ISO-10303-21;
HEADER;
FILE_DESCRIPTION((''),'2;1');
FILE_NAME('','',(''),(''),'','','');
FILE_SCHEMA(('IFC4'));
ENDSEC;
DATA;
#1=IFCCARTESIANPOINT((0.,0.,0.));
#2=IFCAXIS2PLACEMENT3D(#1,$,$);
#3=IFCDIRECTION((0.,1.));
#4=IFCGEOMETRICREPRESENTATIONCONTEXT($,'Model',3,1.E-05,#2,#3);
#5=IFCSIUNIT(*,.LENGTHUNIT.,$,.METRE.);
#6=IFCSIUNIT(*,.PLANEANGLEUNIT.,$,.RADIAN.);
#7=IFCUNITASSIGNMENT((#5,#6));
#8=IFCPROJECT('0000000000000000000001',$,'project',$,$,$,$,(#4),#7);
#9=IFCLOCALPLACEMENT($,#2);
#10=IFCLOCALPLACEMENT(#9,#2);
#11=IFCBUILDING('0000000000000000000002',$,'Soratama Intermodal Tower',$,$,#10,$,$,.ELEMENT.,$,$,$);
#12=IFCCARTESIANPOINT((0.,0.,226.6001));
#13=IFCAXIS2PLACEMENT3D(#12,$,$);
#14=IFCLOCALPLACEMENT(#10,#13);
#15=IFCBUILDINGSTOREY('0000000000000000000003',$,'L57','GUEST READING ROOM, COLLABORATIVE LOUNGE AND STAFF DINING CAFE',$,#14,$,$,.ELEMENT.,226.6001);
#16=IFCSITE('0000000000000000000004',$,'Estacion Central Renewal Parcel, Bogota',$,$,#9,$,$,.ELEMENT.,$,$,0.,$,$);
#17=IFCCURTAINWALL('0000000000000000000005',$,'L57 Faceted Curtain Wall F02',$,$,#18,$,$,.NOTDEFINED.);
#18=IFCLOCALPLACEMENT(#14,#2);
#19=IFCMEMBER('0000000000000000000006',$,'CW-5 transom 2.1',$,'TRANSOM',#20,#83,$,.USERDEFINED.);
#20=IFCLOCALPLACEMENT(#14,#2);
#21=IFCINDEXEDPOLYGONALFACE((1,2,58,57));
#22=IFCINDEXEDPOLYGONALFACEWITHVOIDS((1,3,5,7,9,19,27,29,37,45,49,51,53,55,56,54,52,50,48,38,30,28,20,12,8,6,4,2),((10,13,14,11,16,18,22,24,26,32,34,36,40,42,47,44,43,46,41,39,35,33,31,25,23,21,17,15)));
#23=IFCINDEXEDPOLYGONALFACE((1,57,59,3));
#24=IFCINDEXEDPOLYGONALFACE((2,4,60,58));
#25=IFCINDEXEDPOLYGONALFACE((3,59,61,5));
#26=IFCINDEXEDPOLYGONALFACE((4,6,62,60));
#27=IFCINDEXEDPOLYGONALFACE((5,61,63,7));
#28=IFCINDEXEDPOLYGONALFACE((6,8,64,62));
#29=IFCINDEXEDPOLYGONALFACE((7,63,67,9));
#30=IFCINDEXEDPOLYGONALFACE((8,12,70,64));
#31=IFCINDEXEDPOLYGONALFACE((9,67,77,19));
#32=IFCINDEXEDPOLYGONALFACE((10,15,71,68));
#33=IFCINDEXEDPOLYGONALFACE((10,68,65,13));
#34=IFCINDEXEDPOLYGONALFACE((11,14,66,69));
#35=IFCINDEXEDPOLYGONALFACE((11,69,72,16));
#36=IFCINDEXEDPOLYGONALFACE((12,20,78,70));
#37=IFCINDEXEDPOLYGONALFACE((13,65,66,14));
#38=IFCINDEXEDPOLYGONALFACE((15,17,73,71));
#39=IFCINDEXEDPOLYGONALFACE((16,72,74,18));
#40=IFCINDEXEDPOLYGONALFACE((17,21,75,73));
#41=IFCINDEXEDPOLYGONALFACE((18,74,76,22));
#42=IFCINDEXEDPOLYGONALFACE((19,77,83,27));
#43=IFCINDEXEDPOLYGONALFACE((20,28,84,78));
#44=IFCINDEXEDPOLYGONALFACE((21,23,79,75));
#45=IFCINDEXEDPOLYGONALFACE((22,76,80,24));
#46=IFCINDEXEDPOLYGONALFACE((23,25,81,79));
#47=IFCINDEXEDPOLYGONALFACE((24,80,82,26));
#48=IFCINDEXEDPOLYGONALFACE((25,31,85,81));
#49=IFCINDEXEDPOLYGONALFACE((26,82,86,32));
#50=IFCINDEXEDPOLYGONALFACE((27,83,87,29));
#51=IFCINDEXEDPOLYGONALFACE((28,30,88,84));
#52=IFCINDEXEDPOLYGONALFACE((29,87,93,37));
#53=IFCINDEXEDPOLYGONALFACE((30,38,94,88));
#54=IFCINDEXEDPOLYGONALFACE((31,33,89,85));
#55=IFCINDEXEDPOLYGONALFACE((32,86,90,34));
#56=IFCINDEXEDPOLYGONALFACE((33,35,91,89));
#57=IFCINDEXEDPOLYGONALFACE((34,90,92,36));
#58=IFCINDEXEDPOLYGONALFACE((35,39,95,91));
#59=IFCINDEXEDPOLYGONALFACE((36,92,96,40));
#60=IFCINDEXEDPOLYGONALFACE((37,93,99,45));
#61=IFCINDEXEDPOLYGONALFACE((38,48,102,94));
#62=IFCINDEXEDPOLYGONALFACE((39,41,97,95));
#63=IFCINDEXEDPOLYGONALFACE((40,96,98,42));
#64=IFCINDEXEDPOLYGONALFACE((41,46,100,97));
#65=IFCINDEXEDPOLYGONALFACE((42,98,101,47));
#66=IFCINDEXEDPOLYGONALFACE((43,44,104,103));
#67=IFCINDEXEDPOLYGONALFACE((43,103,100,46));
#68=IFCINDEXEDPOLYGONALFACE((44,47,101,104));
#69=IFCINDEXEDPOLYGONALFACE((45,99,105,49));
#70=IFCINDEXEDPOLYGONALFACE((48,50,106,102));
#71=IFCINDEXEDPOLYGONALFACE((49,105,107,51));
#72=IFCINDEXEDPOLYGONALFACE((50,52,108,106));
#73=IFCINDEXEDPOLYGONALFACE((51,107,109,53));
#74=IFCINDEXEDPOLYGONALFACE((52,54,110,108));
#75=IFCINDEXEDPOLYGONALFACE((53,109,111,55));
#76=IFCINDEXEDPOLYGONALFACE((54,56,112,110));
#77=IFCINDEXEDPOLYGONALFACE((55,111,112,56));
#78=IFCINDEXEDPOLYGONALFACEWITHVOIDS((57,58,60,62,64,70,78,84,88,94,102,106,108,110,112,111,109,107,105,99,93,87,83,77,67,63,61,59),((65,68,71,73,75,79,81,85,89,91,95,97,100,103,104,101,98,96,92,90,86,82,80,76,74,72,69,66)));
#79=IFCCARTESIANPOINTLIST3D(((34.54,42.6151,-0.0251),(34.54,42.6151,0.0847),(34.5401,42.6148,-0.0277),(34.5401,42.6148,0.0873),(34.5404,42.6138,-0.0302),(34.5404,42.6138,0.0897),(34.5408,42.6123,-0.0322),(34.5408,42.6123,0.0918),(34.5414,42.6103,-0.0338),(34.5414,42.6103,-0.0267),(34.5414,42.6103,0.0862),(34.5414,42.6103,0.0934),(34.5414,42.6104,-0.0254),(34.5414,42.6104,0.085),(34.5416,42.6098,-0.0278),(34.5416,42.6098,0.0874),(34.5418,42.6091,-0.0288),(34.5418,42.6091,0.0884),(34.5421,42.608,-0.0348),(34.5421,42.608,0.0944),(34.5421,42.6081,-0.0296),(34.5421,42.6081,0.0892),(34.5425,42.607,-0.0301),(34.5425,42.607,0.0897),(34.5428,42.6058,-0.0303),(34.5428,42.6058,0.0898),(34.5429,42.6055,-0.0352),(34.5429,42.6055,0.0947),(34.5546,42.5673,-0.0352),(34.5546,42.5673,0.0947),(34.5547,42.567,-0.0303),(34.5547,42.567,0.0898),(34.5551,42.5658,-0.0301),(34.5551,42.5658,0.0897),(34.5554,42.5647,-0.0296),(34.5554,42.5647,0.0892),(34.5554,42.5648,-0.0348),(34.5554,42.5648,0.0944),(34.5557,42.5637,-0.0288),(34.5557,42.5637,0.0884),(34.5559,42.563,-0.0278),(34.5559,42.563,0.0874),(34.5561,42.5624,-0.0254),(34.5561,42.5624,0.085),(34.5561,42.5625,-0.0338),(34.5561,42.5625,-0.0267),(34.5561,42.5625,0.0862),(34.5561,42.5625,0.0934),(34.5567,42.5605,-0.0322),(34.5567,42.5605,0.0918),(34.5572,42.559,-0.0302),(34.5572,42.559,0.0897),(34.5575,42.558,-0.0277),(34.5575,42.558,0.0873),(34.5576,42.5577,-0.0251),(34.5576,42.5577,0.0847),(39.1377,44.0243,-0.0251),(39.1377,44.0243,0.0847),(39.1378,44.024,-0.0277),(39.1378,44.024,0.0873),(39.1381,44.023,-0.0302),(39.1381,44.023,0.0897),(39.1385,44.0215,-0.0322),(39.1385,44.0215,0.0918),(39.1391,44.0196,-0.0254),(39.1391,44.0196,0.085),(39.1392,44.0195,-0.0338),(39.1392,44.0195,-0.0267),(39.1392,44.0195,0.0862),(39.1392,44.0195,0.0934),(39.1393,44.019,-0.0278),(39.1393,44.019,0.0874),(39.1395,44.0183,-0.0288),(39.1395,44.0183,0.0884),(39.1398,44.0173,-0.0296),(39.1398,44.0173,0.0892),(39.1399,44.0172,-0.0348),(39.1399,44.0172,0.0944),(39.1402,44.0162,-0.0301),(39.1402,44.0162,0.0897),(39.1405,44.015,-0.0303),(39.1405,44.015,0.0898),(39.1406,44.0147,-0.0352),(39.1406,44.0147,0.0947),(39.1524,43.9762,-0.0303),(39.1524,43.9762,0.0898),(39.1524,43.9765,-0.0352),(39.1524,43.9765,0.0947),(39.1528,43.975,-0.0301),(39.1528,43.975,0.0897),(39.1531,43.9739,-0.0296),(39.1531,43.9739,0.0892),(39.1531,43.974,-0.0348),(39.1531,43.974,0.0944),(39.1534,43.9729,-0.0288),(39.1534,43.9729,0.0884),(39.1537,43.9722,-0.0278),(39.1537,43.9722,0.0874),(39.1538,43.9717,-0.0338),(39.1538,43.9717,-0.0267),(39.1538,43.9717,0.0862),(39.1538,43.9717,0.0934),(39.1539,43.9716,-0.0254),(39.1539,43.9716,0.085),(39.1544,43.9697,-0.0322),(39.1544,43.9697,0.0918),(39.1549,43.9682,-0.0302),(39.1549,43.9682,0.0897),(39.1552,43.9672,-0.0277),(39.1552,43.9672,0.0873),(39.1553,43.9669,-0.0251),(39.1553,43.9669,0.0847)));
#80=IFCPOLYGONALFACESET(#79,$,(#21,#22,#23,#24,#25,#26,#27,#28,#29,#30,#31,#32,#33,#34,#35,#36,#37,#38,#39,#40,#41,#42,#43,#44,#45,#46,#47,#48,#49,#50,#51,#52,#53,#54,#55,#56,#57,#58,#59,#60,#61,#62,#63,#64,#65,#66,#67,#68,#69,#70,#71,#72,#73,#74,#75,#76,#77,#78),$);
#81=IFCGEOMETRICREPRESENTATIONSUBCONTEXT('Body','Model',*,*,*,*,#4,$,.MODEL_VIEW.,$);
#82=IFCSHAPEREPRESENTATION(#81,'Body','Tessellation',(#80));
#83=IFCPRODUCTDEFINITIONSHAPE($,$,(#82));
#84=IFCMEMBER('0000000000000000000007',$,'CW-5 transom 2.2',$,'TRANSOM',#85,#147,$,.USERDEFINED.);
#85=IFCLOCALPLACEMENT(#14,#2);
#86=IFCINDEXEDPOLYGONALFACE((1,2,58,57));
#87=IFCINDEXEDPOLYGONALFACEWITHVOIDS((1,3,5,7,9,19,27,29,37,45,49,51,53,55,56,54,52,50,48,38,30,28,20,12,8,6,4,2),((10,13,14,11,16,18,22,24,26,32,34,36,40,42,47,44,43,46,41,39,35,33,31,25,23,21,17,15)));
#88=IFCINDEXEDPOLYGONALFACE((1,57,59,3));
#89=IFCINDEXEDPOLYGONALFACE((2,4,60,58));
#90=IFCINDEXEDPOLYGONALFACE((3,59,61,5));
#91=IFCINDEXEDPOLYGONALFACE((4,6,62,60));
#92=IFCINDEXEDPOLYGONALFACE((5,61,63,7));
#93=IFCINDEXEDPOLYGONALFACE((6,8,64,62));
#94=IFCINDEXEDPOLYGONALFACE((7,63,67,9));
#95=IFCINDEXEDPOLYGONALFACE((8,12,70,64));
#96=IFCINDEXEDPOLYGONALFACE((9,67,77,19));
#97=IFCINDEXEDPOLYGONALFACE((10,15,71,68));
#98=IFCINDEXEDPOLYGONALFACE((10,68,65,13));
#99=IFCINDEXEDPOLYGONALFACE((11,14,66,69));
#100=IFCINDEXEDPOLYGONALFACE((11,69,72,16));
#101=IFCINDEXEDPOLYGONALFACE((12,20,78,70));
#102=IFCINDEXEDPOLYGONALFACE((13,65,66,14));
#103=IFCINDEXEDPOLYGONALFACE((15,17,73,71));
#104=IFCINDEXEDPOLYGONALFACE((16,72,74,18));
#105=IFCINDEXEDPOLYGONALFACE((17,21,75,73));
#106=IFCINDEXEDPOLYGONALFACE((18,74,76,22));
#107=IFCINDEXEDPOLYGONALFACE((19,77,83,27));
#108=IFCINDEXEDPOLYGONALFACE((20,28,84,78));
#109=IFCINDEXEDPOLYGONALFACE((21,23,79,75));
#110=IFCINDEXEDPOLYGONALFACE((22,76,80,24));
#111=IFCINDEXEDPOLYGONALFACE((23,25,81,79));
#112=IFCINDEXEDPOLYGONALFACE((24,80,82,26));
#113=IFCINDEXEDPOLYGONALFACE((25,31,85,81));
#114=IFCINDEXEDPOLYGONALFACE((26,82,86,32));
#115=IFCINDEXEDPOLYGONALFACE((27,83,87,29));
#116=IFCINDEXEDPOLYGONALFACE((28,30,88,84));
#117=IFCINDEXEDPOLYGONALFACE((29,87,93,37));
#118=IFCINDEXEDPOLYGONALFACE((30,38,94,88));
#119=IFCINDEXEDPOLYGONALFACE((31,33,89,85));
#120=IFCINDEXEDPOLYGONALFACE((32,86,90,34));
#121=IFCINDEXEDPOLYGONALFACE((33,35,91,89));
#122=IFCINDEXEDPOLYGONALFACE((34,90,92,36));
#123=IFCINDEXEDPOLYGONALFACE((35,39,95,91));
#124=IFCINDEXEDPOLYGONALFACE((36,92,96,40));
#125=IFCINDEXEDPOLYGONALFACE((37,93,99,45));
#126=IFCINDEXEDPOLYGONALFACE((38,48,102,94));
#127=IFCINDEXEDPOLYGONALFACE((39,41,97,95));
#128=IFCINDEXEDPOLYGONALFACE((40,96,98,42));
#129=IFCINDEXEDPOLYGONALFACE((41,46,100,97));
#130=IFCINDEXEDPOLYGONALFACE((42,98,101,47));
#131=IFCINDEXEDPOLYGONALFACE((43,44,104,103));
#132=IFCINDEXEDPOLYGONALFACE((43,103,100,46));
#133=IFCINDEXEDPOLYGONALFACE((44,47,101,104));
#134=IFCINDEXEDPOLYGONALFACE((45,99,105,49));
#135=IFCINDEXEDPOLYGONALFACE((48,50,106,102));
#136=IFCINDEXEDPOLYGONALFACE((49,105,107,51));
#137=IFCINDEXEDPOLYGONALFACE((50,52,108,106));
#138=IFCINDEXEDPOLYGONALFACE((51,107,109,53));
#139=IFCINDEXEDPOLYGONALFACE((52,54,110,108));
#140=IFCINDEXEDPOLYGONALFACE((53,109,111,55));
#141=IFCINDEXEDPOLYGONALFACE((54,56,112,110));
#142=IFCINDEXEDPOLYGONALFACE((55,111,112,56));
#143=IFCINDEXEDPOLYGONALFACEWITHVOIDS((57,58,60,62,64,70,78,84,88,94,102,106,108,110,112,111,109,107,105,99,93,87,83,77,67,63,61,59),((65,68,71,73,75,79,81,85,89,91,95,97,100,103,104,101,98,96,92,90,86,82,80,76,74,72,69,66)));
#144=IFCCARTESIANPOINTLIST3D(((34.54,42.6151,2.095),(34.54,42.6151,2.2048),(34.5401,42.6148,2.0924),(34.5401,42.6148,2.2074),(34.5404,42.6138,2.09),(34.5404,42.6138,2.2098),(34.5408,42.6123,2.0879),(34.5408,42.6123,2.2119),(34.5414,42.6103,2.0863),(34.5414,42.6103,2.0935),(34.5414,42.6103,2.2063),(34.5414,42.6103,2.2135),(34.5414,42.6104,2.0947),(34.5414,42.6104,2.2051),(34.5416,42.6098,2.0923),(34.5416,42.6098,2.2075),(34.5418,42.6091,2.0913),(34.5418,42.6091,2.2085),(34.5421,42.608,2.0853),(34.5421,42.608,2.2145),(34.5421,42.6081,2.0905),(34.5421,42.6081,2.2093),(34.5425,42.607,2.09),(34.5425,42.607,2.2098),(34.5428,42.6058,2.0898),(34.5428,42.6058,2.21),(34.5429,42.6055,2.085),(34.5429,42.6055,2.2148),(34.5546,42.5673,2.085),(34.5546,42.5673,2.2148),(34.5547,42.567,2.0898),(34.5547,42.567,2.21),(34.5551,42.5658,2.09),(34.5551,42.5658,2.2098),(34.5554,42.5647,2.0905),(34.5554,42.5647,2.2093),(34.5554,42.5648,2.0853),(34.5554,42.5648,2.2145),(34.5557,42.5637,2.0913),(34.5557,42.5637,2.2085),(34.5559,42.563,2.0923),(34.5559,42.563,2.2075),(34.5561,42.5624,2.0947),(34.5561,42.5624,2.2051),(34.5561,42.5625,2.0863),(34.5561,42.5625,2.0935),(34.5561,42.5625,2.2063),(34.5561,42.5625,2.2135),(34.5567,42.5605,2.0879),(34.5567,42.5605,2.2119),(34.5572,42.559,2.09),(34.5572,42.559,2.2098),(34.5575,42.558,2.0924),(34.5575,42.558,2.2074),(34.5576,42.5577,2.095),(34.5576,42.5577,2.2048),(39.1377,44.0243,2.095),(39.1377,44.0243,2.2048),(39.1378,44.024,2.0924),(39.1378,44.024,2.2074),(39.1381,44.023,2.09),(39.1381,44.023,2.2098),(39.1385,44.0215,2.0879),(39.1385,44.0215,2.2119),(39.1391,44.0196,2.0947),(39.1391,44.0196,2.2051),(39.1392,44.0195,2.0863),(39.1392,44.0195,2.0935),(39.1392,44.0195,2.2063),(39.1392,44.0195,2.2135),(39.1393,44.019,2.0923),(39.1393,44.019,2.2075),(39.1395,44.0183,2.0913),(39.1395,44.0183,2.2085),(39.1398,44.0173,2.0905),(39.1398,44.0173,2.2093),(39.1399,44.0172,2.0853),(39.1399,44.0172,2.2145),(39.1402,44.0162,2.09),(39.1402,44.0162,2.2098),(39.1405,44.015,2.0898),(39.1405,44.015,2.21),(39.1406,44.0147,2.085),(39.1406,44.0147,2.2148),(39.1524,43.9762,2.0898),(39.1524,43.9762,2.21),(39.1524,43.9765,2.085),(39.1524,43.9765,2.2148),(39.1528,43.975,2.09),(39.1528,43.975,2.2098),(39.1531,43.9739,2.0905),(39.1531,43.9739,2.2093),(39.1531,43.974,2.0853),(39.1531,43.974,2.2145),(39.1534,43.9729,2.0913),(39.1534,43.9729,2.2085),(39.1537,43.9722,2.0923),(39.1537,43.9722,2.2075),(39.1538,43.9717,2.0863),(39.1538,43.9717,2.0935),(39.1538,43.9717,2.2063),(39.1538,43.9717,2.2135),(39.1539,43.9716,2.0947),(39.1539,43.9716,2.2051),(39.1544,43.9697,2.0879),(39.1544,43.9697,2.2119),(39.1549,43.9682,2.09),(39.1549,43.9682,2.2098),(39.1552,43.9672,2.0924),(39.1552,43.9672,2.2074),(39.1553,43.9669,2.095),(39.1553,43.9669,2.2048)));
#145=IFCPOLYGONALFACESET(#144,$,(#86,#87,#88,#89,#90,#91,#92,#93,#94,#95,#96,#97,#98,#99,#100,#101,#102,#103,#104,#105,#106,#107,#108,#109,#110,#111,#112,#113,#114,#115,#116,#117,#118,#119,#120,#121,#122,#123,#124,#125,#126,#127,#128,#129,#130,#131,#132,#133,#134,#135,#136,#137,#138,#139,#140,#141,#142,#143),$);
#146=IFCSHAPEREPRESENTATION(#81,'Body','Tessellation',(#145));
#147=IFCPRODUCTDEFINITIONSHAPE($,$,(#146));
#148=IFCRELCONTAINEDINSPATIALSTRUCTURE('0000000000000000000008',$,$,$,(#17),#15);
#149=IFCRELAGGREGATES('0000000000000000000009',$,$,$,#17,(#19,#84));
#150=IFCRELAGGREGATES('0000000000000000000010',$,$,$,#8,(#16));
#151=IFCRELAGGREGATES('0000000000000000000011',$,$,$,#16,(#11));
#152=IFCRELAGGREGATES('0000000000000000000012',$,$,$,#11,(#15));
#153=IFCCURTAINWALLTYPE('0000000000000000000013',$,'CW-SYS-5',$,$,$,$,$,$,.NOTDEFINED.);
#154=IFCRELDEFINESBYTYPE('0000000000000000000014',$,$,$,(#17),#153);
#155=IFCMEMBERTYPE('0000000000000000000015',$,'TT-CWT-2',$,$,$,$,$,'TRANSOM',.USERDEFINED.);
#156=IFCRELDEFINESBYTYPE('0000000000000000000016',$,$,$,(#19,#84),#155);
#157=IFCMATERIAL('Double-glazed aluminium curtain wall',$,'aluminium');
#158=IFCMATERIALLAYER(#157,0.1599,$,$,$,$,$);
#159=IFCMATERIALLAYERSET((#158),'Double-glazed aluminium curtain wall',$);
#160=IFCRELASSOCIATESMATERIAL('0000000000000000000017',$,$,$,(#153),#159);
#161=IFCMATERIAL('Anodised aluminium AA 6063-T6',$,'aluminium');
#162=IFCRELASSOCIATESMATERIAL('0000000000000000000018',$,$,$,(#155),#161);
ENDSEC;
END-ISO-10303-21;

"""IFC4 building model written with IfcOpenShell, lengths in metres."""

from ifc_helpers import new_model, si_unit, direction, frame, origin, origin_2d, place, context, subcontext, project, spatial, hollow_rectangle, extrude, material, layer, layer_set, material_profile, profile_set, type_object, element, aggregate, save


model = new_model("IFC4")

# Units and contexts
model_context = context("Model", 3, precision=1e-05, world=origin(), true_north=direction((0.0, 1.0)))
body_context = subcontext(model_context, "Body", "Model", "MODEL_VIEW")
ifc_project = project(units=[si_unit("LENGTHUNIT", "METRE"), si_unit("PLANEANGLEUNIT", "RADIAN")], contexts=[model_context])

# Site, building, storey
site_placement = place(None, origin())
site = spatial("IfcSite", under=ifc_project, at=site_placement, Name="Estacion Central Renewal Parcel, Bogota", CompositionType="ELEMENT", RefElevation=0.0)
building_placement = place(site_placement, origin())
building = spatial("IfcBuilding", under=site, at=building_placement, Name="Soratama Intermodal Tower", CompositionType="ELEMENT")
storey_placement = place(building_placement, frame((0.0, 0.0, 226.6001)))
storey = spatial("IfcBuildingStorey", under=building, at=storey_placement, Name="L57", Description="GUEST READING ROOM, COLLABORATIVE LOUNGE AND STAFF DINING CAFE", CompositionType="ELEMENT", Elevation=226.6001)

# Curtain wall, members
ifc_material_1 = material(Name="Double-glazed aluminium curtain wall", Category="aluminium")
ifc_layer_1 = layer(ifc_material_1, 0.1599)
ifc_layer_set_1 = layer_set([ifc_layer_1], Name="Double-glazed aluminium curtain wall")
curtain_wall_type = type_object("IfcCurtainWallType", Name="CW-SYS-5", PredefinedType="NOTDEFINED", material=ifc_layer_set_1)
curtain_wall_placement = place(storey_placement, origin())
curtain_wall = element("IfcCurtainWall", 1, at=curtain_wall_placement, inside=storey, type_object=curtain_wall_type, Name="L57 Faceted Curtain Wall F02", PredefinedType="NOTDEFINED")
ifc_material_2 = material(Name="Anodised aluminium AA 6063-T6", Category="aluminium")
ifc_material_profile_1 = material_profile(ifc_material_2, hollow_rectangle(XDim=0.0601, YDim=0.1299, WallThickness=0.0049, InnerFilletRadius=0.0049, OuterFilletRadius=0.01, at=origin_2d()), Name="CWT130X60X5")
ifc_profile_set_1 = profile_set([ifc_material_profile_1], Name="Anodised aluminium AA 6063-T6")
member_type_1 = type_object("IfcMemberType", Name="TT-CWT-2", ElementType="TRANSOM", PredefinedType="USERDEFINED", material=ifc_profile_set_1)
member_1_placement = place(storey_placement, frame((39.1465, 43.9956, 0.0298), z_axis=(-0.956099, -0.293044, 0.0), x_axis=(0.293044, -0.956099, 0.0)))
member_1 = element("IfcMember", 2, at=member_1_placement, type_object=member_type_1, Name="CW-5 transom 2.1", ObjectType="TRANSOM", PredefinedType="USERDEFINED", context=body_context, shape_type="SweptSolid", body=[
    extrude(hollow_rectangle(XDim=0.0601, YDim=0.1299, WallThickness=0.0049, InnerFilletRadius=0.0049, OuterFilletRadius=0.01, at=origin_2d()), origin(), (0.0, 0.0, 1.0), 4.8088),
])
member_2_placement = place(storey_placement, frame((39.1465, 43.9956, 2.1499), z_axis=(-0.956099, -0.293044, 0.0), x_axis=(0.293044, -0.956099, 0.0)))
member_2 = element("IfcMember", 3, at=member_2_placement, type_object=member_type_1, Name="CW-5 transom 2.2", ObjectType="TRANSOM", PredefinedType="USERDEFINED", context=body_context, shape_type="SweptSolid", body=[
    extrude(hollow_rectangle(XDim=0.0601, YDim=0.1299, WallThickness=0.0049, InnerFilletRadius=0.0049, OuterFilletRadius=0.01, at=origin_2d()), origin(), (0.0, 0.0, 1.0), 4.8088),
])
aggregate(curtain_wall, [member_1, member_2])

save(model, "model.ifc")
